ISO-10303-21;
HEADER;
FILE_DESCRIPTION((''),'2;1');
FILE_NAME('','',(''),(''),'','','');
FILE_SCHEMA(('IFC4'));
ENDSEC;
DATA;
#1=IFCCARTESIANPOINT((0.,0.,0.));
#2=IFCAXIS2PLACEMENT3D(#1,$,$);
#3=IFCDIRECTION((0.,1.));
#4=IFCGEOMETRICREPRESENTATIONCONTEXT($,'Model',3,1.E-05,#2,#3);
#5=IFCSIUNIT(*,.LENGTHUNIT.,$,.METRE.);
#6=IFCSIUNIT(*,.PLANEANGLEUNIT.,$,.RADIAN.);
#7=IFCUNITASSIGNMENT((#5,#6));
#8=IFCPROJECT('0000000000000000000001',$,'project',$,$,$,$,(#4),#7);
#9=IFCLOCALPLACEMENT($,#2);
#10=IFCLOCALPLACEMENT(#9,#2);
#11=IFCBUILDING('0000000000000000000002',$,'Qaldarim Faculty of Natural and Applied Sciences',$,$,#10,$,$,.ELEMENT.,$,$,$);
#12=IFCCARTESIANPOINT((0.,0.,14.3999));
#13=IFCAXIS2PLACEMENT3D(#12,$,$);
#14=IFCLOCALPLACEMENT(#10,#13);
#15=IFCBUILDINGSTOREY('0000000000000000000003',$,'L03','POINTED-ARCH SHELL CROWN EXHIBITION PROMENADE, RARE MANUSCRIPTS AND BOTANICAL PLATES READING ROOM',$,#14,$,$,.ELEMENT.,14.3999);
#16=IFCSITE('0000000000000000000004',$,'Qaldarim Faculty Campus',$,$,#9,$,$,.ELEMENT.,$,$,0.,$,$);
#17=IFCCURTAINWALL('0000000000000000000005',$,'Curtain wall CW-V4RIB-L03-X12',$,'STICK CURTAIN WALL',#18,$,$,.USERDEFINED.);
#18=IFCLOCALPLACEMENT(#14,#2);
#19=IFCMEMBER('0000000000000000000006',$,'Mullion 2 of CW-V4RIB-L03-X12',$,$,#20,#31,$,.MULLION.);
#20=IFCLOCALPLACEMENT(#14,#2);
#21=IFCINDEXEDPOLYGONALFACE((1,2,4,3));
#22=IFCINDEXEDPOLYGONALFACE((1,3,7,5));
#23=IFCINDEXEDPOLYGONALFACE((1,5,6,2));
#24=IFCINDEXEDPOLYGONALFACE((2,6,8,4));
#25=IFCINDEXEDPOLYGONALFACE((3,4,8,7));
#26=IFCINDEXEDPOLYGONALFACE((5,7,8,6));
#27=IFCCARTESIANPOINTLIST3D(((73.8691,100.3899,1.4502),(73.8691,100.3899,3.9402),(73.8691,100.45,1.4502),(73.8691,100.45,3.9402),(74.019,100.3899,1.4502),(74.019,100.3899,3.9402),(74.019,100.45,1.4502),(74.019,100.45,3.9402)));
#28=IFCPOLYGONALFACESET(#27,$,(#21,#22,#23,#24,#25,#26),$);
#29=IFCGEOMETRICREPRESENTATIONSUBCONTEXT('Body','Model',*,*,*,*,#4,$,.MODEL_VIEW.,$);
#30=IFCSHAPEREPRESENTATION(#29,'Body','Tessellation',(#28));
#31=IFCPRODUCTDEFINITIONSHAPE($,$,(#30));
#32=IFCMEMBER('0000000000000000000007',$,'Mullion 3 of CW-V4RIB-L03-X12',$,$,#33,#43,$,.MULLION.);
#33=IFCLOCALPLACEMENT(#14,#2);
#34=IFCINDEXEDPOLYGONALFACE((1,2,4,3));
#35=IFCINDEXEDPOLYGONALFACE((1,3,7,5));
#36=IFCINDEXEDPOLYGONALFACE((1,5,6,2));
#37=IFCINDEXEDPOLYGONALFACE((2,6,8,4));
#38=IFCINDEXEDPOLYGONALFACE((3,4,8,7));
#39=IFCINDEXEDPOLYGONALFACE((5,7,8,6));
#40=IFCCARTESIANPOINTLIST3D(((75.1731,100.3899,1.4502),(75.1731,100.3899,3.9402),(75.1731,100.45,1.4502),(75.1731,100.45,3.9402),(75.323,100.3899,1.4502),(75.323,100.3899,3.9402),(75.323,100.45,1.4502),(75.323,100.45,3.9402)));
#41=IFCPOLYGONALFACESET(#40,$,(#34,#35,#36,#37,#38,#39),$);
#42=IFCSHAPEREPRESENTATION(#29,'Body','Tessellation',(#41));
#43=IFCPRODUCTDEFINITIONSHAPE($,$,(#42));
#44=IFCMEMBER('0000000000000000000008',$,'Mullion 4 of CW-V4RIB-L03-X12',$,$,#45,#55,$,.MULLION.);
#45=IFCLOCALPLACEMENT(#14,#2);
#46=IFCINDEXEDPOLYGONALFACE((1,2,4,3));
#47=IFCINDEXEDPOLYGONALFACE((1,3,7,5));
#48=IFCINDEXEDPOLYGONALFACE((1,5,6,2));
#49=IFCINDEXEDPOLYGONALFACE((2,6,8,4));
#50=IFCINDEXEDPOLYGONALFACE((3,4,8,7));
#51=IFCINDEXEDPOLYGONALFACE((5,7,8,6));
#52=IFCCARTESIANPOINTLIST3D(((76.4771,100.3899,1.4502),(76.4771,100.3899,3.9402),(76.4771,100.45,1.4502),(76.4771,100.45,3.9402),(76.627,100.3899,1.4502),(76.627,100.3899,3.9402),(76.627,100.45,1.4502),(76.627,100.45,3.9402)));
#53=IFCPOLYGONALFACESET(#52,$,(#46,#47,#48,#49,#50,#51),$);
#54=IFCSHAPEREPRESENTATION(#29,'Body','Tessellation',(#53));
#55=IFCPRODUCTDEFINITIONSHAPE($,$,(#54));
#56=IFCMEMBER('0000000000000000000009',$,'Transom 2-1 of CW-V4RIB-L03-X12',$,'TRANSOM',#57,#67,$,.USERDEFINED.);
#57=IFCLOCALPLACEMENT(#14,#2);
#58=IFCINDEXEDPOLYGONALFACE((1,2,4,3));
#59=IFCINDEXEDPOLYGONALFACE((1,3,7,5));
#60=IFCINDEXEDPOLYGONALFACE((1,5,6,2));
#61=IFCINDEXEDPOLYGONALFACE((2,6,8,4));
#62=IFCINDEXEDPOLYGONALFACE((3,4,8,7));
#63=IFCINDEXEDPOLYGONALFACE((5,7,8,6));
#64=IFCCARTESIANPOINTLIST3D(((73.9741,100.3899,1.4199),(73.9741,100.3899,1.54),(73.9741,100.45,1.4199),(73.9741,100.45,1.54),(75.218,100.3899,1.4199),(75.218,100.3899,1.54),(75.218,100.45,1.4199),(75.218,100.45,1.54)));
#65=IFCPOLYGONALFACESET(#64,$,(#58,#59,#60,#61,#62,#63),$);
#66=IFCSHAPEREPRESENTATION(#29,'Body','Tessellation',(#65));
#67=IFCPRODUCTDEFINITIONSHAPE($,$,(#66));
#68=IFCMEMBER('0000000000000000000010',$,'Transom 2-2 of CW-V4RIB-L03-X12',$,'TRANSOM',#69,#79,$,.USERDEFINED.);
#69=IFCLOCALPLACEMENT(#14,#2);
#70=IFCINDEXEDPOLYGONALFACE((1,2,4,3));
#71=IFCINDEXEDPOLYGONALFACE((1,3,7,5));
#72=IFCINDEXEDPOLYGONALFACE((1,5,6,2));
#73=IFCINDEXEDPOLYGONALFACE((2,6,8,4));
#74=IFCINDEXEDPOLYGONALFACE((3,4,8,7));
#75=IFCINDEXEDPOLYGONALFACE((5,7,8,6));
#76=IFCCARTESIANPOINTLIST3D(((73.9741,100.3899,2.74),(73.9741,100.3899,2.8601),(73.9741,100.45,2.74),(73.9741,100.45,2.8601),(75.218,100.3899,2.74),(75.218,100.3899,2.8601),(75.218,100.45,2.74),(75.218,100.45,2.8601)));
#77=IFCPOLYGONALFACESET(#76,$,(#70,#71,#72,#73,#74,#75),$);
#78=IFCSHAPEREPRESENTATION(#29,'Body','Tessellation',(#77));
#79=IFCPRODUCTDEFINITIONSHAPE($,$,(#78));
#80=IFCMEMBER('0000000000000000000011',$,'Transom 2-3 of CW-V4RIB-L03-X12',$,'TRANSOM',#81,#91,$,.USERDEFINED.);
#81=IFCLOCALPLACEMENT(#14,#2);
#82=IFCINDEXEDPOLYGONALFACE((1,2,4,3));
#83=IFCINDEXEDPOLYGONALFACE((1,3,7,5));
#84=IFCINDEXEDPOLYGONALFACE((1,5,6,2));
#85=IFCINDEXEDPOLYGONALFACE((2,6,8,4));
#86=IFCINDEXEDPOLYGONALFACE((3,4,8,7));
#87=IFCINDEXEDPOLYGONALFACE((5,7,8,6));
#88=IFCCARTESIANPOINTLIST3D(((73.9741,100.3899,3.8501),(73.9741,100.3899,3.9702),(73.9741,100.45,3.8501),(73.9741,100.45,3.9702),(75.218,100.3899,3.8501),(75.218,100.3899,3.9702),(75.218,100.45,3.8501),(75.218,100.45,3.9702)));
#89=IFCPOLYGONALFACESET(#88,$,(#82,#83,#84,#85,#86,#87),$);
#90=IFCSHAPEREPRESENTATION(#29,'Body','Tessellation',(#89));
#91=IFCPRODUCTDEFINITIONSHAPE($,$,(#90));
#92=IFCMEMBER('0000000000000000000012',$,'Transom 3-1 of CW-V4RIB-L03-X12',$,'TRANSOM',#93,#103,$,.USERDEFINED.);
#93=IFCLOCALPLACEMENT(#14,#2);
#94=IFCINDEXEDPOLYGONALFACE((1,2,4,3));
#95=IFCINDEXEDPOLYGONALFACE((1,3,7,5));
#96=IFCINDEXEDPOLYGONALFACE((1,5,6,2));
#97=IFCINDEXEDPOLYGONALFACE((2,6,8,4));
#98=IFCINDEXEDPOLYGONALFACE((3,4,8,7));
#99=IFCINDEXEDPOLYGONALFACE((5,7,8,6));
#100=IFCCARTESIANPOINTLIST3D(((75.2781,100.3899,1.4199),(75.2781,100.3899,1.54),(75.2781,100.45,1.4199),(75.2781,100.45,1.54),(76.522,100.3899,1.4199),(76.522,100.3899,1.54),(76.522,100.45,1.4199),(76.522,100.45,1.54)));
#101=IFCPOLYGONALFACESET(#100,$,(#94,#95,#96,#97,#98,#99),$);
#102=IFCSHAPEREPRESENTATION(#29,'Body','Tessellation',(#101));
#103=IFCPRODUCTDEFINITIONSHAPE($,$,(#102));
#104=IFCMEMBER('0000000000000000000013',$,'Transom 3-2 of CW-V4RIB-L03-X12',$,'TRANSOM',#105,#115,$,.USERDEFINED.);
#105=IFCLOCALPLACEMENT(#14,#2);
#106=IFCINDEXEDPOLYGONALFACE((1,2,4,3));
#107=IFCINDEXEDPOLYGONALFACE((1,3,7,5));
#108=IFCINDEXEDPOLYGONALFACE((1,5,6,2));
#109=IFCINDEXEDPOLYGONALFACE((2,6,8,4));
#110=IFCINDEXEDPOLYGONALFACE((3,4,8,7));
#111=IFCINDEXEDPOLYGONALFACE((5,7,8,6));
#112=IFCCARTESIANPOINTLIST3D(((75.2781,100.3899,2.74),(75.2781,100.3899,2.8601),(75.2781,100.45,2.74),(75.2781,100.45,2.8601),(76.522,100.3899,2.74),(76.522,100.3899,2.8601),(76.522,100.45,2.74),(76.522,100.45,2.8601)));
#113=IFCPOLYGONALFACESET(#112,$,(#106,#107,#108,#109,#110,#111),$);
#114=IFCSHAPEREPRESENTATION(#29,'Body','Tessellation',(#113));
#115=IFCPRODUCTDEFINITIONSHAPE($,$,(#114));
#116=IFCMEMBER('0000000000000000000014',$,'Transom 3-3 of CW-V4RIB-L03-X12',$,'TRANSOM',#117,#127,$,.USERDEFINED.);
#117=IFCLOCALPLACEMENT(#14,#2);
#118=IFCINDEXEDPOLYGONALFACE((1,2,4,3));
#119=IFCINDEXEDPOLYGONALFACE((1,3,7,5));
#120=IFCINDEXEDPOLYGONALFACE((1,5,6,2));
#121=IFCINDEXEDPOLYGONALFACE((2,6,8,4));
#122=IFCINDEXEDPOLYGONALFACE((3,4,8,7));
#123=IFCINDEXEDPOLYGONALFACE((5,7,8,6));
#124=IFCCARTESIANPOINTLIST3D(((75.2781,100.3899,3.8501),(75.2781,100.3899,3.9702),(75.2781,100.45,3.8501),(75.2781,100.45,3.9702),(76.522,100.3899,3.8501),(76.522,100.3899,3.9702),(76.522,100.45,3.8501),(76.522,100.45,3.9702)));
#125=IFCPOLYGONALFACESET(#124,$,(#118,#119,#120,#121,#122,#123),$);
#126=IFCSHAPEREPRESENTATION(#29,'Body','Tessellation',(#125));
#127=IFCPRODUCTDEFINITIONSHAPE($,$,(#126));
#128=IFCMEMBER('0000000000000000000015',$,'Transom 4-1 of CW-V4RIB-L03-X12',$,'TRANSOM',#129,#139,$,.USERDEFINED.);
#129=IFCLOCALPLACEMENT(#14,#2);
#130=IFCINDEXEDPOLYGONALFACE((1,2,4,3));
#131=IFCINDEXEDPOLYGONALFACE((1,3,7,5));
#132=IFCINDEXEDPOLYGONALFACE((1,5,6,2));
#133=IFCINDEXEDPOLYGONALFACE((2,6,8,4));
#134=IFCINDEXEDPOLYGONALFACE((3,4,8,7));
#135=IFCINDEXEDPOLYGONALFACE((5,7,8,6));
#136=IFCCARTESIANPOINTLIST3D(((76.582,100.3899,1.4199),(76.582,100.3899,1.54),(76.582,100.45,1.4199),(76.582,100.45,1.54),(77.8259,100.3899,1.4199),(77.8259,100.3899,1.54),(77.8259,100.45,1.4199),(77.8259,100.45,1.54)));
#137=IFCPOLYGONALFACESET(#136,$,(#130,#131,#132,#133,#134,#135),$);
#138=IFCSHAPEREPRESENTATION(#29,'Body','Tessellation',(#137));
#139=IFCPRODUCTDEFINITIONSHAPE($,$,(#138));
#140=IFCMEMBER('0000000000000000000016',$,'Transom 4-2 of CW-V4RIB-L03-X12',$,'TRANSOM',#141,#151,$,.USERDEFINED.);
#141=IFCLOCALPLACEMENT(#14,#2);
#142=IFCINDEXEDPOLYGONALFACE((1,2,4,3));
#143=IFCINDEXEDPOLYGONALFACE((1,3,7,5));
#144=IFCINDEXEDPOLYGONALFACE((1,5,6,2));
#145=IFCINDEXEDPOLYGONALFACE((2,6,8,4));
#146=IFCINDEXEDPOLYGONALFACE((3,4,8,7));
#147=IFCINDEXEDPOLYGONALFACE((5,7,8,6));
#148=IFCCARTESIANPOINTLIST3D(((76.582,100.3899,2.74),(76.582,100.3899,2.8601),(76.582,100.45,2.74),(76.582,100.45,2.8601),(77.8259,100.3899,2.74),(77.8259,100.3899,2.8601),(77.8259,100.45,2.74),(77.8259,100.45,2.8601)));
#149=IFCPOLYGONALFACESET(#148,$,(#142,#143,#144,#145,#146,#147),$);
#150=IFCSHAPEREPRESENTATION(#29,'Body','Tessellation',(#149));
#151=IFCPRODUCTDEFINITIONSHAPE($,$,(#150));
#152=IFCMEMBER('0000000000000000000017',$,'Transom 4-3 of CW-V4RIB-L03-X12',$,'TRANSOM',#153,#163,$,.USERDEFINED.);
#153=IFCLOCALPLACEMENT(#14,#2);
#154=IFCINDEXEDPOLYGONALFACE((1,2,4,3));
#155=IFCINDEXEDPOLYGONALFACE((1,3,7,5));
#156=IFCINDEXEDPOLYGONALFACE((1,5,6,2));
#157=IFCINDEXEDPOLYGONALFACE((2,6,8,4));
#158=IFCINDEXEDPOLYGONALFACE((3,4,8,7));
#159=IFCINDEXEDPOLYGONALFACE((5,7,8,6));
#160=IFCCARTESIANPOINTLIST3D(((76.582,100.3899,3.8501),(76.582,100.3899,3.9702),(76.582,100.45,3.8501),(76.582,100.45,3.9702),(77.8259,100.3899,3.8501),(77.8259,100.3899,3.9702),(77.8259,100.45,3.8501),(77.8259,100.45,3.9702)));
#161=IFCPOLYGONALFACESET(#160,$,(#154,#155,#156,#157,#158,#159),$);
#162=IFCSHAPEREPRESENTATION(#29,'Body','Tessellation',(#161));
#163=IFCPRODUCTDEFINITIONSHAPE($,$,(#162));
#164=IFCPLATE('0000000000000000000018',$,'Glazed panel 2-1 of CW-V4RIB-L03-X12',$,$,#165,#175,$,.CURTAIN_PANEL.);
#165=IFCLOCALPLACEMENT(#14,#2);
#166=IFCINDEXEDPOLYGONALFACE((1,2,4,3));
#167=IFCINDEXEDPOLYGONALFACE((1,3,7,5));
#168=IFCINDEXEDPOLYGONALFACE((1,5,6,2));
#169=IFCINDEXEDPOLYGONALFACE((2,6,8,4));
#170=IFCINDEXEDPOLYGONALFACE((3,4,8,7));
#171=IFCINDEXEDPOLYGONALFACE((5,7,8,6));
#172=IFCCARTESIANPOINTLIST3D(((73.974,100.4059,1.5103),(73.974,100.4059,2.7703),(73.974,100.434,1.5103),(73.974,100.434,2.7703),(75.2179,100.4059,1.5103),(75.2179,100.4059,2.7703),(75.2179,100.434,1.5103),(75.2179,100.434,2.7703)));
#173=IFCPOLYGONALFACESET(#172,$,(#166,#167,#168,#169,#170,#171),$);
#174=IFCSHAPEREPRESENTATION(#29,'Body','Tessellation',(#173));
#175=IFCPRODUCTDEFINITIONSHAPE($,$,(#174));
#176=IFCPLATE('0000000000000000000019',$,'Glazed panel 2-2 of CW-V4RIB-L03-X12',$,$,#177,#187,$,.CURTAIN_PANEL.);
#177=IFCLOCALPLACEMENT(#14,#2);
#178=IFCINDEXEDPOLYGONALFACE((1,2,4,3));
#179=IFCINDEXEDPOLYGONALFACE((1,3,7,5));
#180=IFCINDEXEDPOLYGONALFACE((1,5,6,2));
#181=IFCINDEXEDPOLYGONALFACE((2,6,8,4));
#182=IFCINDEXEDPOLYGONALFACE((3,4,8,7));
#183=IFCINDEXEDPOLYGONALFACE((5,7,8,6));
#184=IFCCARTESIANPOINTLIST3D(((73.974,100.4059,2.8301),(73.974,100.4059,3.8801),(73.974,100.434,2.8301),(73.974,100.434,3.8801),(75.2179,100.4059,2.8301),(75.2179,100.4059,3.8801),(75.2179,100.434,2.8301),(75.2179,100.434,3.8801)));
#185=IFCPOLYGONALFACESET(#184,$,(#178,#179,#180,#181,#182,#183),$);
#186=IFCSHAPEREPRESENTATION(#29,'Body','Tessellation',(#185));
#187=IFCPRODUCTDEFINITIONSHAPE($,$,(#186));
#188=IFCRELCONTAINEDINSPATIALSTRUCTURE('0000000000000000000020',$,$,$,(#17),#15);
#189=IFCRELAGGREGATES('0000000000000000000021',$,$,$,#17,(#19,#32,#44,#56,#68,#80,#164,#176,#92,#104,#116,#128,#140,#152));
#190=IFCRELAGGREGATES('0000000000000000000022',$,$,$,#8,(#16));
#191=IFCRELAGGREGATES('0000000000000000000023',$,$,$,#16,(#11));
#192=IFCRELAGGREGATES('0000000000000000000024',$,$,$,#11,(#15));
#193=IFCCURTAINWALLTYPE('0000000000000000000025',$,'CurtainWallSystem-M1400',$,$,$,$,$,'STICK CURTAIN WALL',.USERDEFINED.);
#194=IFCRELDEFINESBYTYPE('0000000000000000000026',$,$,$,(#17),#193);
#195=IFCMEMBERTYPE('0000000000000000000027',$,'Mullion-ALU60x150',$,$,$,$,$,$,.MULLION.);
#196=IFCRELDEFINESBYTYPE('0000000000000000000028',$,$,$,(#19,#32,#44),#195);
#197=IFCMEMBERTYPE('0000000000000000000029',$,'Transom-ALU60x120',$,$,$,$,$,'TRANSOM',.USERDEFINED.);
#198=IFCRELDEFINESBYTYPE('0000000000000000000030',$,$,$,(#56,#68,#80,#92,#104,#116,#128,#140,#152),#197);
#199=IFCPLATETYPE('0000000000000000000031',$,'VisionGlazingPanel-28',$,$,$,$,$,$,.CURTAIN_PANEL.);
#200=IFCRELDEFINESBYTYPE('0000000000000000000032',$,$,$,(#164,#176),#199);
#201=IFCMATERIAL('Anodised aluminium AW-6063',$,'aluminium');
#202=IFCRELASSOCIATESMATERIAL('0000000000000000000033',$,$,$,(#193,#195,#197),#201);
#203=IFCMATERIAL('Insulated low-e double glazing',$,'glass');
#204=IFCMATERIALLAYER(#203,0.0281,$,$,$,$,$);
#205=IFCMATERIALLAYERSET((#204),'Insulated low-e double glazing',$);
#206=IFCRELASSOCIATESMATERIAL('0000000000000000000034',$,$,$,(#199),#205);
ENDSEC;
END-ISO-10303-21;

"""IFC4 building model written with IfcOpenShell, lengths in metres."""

from ifc_helpers import new_model, si_unit, direction, frame, origin, origin_2d, place, context, subcontext, project, spatial, rectangle, extrude, material, layer, layer_set, material_profile, profile_set, type_object, element, aggregate, save


model = new_model("IFC4")

# Units and contexts
model_context = context("Model", 3, precision=1e-05, world=origin(), true_north=direction((0.0, 1.0)))
body_context = subcontext(model_context, "Body", "Model", "MODEL_VIEW")
ifc_project = project(units=[si_unit("LENGTHUNIT", "METRE"), si_unit("PLANEANGLEUNIT", "RADIAN")], contexts=[model_context])

# Site, building, storey
site_placement = place(None, origin())
site = spatial("IfcSite", under=ifc_project, at=site_placement, Name="Qaldarim Faculty Campus", CompositionType="ELEMENT", RefElevation=0.0)
building_placement = place(site_placement, origin())
building = spatial("IfcBuilding", under=site, at=building_placement, Name="Qaldarim Faculty of Natural and Applied Sciences", CompositionType="ELEMENT")
storey_placement = place(building_placement, frame((0.0, 0.0, 14.3999)))
storey = spatial("IfcBuildingStorey", under=building, at=storey_placement, Name="L03", Description="POINTED-ARCH SHELL CROWN EXHIBITION PROMENADE, RARE MANUSCRIPTS AND BOTANICAL PLATES READING ROOM", CompositionType="ELEMENT", Elevation=14.3999)

# Curtain wall, members, plates
ifc_material_1 = material(Name="Anodised aluminium AW-6063", Category="aluminium")
curtain_wall_type = type_object("IfcCurtainWallType", Name="CurtainWallSystem-M1400", ElementType="STICK CURTAIN WALL", PredefinedType="USERDEFINED", material=ifc_material_1)
curtain_wall_placement = place(storey_placement, origin())
curtain_wall = element("IfcCurtainWall", 1, at=curtain_wall_placement, inside=storey, type_object=curtain_wall_type, Name="Curtain wall CW-V4RIB-L03-X12", ObjectType="STICK CURTAIN WALL", PredefinedType="USERDEFINED")
ifc_material_profile_1 = material_profile(ifc_material_1, rectangle(XDim=0.0601, YDim=0.1499, at=origin_2d()), Name="ALU-M60x150")
ifc_profile_set_1 = profile_set([ifc_material_profile_1], Name="Anodised aluminium AW-6063")
member_type_1 = type_object("IfcMemberType", Name="Mullion-ALU60x150", PredefinedType="MULLION", material=ifc_profile_set_1)
member_1_placement = place(storey_placement, frame((73.9441, 100.4199, 1.4502), z_axis=(0.0, 0.0, 1.0), x_axis=(0.0, 1.0, 0.0)))
member_1 = element("IfcMember", 2, at=member_1_placement, type_object=member_type_1, Name="Mullion 2 of CW-V4RIB-L03-X12", PredefinedType="MULLION", context=body_context, shape_type="SweptSolid", body=[
    extrude(rectangle(XDim=0.0601, YDim=0.1499, at=origin_2d()), origin(), (0.0, 0.0, 1.0), 2.49),
])
member_2_placement = place(storey_placement, frame((75.248, 100.4199, 1.4502), z_axis=(0.0, 0.0, 1.0), x_axis=(0.0, 1.0, 0.0)))
member_2 = element("IfcMember", 3, at=member_2_placement, type_object=member_type_1, Name="Mullion 3 of CW-V4RIB-L03-X12", PredefinedType="MULLION", context=body_context, shape_type="SweptSolid", body=[
    extrude(rectangle(XDim=0.0601, YDim=0.1499, at=origin_2d()), origin(), (0.0, 0.0, 1.0), 2.49),
])
member_3_placement = place(storey_placement, frame((76.552, 100.4199, 1.4502), z_axis=(0.0, 0.0, 1.0), x_axis=(0.0, 1.0, 0.0)))
member_3 = element("IfcMember", 4, at=member_3_placement, type_object=member_type_1, Name="Mullion 4 of CW-V4RIB-L03-X12", PredefinedType="MULLION", context=body_context, shape_type="SweptSolid", body=[
    extrude(rectangle(XDim=0.0601, YDim=0.1499, at=origin_2d()), origin(), (0.0, 0.0, 1.0), 2.49),
])
ifc_material_profile_2 = material_profile(ifc_material_1, rectangle(XDim=0.0601, YDim=0.1201, at=origin_2d()), Name="ALU-T60x120")
ifc_profile_set_2 = profile_set([ifc_material_profile_2], Name="Anodised aluminium AW-6063")
member_type_2 = type_object("IfcMemberType", Name="Transom-ALU60x120", ElementType="TRANSOM", PredefinedType="USERDEFINED", material=ifc_profile_set_2)
member_4_placement = place(storey_placement, frame((73.9741, 100.4199, 1.48), z_axis=(1.0, 0.0, 0.0), x_axis=(0.0, 1.0, 0.0)))
member_4 = element("IfcMember", 5, at=member_4_placement, type_object=member_type_2, Name="Transom 2-1 of CW-V4RIB-L03-X12", ObjectType="TRANSOM", PredefinedType="USERDEFINED", context=body_context, shape_type="SweptSolid", body=[
    extrude(rectangle(XDim=0.0601, YDim=0.1201, at=origin_2d()), origin(), (0.0, 0.0, 1.0), 1.2439),
])
member_5_placement = place(storey_placement, frame((73.9741, 100.4199, 2.8), z_axis=(1.0, 0.0, 0.0), x_axis=(0.0, 1.0, 0.0)))
member_5 = element("IfcMember", 6, at=member_5_placement, type_object=member_type_2, Name="Transom 2-2 of CW-V4RIB-L03-X12", ObjectType="TRANSOM", PredefinedType="USERDEFINED", context=body_context, shape_type="SweptSolid", body=[
    extrude(rectangle(XDim=0.0601, YDim=0.1201, at=origin_2d()), origin(), (0.0, 0.0, 1.0), 1.2439),
])
member_6_placement = place(storey_placement, frame((73.9741, 100.4199, 3.9102), z_axis=(1.0, 0.0, 0.0), x_axis=(0.0, 1.0, 0.0)))
member_6 = element("IfcMember", 7, at=member_6_placement, type_object=member_type_2, Name="Transom 2-3 of CW-V4RIB-L03-X12", ObjectType="TRANSOM", PredefinedType="USERDEFINED", context=body_context, shape_type="SweptSolid", body=[
    extrude(rectangle(XDim=0.0601, YDim=0.1201, at=origin_2d()), origin(), (0.0, 0.0, 1.0), 1.2439),
])
member_7_placement = place(storey_placement, frame((75.2781, 100.4199, 1.48), z_axis=(1.0, 0.0, 0.0), x_axis=(0.0, 1.0, 0.0)))
member_7 = element("IfcMember", 8, at=member_7_placement, type_object=member_type_2, Name="Transom 3-1 of CW-V4RIB-L03-X12", ObjectType="TRANSOM", PredefinedType="USERDEFINED", context=body_context, shape_type="SweptSolid", body=[
    extrude(rectangle(XDim=0.0601, YDim=0.1201, at=origin_2d()), origin(), (0.0, 0.0, 1.0), 1.2439),
])
member_8_placement = place(storey_placement, frame((75.2781, 100.4199, 2.8), z_axis=(1.0, 0.0, 0.0), x_axis=(0.0, 1.0, 0.0)))
member_8 = element("IfcMember", 9, at=member_8_placement, type_object=member_type_2, Name="Transom 3-2 of CW-V4RIB-L03-X12", ObjectType="TRANSOM", PredefinedType="USERDEFINED", context=body_context, shape_type="SweptSolid", body=[
    extrude(rectangle(XDim=0.0601, YDim=0.1201, at=origin_2d()), origin(), (0.0, 0.0, 1.0), 1.2439),
])
member_9_placement = place(storey_placement, frame((75.2781, 100.4199, 3.9102), z_axis=(1.0, 0.0, 0.0), x_axis=(0.0, 1.0, 0.0)))
member_9 = element("IfcMember", 10, at=member_9_placement, type_object=member_type_2, Name="Transom 3-3 of CW-V4RIB-L03-X12", ObjectType="TRANSOM", PredefinedType="USERDEFINED", context=body_context, shape_type="SweptSolid", body=[
    extrude(rectangle(XDim=0.0601, YDim=0.1201, at=origin_2d()), origin(), (0.0, 0.0, 1.0), 1.2439),
])
member_10_placement = place(storey_placement, frame((76.582, 100.4199, 1.48), z_axis=(1.0, 0.0, 0.0), x_axis=(0.0, 1.0, 0.0)))
member_10 = element("IfcMember", 11, at=member_10_placement, type_object=member_type_2, Name="Transom 4-1 of CW-V4RIB-L03-X12", ObjectType="TRANSOM", PredefinedType="USERDEFINED", context=body_context, shape_type="SweptSolid", body=[
    extrude(rectangle(XDim=0.0601, YDim=0.1201, at=origin_2d()), origin(), (0.0, 0.0, 1.0), 1.2439),
])
member_11_placement = place(storey_placement, frame((76.582, 100.4199, 2.8), z_axis=(1.0, 0.0, 0.0), x_axis=(0.0, 1.0, 0.0)))
member_11 = element("IfcMember", 12, at=member_11_placement, type_object=member_type_2, Name="Transom 4-2 of CW-V4RIB-L03-X12", ObjectType="TRANSOM", PredefinedType="USERDEFINED", context=body_context, shape_type="SweptSolid", body=[
    extrude(rectangle(XDim=0.0601, YDim=0.1201, at=origin_2d()), origin(), (0.0, 0.0, 1.0), 1.2439),
])
member_12_placement = place(storey_placement, frame((76.582, 100.4199, 3.9102), z_axis=(1.0, 0.0, 0.0), x_axis=(0.0, 1.0, 0.0)))
member_12 = element("IfcMember", 13, at=member_12_placement, type_object=member_type_2, Name="Transom 4-3 of CW-V4RIB-L03-X12", ObjectType="TRANSOM", PredefinedType="USERDEFINED", context=body_context, shape_type="SweptSolid", body=[
    extrude(rectangle(XDim=0.0601, YDim=0.1201, at=origin_2d()), origin(), (0.0, 0.0, 1.0), 1.2439),
])
ifc_material_2 = material(Name="Insulated low-e double glazing", Category="glass")
ifc_layer_1 = layer(ifc_material_2, 0.0281)
ifc_layer_set_1 = layer_set([ifc_layer_1], Name="Insulated low-e double glazing")
plate_type = type_object("IfcPlateType", Name="VisionGlazingPanel-28", PredefinedType="CURTAIN_PANEL", material=ifc_layer_set_1)
plate_1_placement = place(storey_placement, frame((74.5959, 100.4199, 1.5103), z_axis=(0.0, 0.0, 1.0), x_axis=(1.0, 0.0, 0.0)))
plate_1 = element("IfcPlate", 14, at=plate_1_placement, type_object=plate_type, Name="Glazed panel 2-1 of CW-V4RIB-L03-X12", PredefinedType="CURTAIN_PANEL", context=body_context, shape_type="SweptSolid", body=[
    extrude(rectangle(XDim=1.2439, YDim=0.0281, at=origin_2d()), origin(), (0.0, 0.0, 1.0), 1.26),
])
plate_2_placement = place(storey_placement, frame((74.5959, 100.4199, 2.8301), z_axis=(0.0, 0.0, 1.0), x_axis=(1.0, 0.0, 0.0)))
plate_2 = element("IfcPlate", 15, at=plate_2_placement, type_object=plate_type, Name="Glazed panel 2-2 of CW-V4RIB-L03-X12", PredefinedType="CURTAIN_PANEL", context=body_context, shape_type="SweptSolid", body=[
    extrude(rectangle(XDim=1.2439, YDim=0.0281, at=origin_2d()), origin(), (0.0, 0.0, 1.0), 1.05),
])
aggregate(curtain_wall, [member_1, member_2, member_3, member_4, member_5, member_6, plate_1, plate_2, member_7, member_8, member_9, member_10, member_11, member_12])

save(model, "model.ifc")
